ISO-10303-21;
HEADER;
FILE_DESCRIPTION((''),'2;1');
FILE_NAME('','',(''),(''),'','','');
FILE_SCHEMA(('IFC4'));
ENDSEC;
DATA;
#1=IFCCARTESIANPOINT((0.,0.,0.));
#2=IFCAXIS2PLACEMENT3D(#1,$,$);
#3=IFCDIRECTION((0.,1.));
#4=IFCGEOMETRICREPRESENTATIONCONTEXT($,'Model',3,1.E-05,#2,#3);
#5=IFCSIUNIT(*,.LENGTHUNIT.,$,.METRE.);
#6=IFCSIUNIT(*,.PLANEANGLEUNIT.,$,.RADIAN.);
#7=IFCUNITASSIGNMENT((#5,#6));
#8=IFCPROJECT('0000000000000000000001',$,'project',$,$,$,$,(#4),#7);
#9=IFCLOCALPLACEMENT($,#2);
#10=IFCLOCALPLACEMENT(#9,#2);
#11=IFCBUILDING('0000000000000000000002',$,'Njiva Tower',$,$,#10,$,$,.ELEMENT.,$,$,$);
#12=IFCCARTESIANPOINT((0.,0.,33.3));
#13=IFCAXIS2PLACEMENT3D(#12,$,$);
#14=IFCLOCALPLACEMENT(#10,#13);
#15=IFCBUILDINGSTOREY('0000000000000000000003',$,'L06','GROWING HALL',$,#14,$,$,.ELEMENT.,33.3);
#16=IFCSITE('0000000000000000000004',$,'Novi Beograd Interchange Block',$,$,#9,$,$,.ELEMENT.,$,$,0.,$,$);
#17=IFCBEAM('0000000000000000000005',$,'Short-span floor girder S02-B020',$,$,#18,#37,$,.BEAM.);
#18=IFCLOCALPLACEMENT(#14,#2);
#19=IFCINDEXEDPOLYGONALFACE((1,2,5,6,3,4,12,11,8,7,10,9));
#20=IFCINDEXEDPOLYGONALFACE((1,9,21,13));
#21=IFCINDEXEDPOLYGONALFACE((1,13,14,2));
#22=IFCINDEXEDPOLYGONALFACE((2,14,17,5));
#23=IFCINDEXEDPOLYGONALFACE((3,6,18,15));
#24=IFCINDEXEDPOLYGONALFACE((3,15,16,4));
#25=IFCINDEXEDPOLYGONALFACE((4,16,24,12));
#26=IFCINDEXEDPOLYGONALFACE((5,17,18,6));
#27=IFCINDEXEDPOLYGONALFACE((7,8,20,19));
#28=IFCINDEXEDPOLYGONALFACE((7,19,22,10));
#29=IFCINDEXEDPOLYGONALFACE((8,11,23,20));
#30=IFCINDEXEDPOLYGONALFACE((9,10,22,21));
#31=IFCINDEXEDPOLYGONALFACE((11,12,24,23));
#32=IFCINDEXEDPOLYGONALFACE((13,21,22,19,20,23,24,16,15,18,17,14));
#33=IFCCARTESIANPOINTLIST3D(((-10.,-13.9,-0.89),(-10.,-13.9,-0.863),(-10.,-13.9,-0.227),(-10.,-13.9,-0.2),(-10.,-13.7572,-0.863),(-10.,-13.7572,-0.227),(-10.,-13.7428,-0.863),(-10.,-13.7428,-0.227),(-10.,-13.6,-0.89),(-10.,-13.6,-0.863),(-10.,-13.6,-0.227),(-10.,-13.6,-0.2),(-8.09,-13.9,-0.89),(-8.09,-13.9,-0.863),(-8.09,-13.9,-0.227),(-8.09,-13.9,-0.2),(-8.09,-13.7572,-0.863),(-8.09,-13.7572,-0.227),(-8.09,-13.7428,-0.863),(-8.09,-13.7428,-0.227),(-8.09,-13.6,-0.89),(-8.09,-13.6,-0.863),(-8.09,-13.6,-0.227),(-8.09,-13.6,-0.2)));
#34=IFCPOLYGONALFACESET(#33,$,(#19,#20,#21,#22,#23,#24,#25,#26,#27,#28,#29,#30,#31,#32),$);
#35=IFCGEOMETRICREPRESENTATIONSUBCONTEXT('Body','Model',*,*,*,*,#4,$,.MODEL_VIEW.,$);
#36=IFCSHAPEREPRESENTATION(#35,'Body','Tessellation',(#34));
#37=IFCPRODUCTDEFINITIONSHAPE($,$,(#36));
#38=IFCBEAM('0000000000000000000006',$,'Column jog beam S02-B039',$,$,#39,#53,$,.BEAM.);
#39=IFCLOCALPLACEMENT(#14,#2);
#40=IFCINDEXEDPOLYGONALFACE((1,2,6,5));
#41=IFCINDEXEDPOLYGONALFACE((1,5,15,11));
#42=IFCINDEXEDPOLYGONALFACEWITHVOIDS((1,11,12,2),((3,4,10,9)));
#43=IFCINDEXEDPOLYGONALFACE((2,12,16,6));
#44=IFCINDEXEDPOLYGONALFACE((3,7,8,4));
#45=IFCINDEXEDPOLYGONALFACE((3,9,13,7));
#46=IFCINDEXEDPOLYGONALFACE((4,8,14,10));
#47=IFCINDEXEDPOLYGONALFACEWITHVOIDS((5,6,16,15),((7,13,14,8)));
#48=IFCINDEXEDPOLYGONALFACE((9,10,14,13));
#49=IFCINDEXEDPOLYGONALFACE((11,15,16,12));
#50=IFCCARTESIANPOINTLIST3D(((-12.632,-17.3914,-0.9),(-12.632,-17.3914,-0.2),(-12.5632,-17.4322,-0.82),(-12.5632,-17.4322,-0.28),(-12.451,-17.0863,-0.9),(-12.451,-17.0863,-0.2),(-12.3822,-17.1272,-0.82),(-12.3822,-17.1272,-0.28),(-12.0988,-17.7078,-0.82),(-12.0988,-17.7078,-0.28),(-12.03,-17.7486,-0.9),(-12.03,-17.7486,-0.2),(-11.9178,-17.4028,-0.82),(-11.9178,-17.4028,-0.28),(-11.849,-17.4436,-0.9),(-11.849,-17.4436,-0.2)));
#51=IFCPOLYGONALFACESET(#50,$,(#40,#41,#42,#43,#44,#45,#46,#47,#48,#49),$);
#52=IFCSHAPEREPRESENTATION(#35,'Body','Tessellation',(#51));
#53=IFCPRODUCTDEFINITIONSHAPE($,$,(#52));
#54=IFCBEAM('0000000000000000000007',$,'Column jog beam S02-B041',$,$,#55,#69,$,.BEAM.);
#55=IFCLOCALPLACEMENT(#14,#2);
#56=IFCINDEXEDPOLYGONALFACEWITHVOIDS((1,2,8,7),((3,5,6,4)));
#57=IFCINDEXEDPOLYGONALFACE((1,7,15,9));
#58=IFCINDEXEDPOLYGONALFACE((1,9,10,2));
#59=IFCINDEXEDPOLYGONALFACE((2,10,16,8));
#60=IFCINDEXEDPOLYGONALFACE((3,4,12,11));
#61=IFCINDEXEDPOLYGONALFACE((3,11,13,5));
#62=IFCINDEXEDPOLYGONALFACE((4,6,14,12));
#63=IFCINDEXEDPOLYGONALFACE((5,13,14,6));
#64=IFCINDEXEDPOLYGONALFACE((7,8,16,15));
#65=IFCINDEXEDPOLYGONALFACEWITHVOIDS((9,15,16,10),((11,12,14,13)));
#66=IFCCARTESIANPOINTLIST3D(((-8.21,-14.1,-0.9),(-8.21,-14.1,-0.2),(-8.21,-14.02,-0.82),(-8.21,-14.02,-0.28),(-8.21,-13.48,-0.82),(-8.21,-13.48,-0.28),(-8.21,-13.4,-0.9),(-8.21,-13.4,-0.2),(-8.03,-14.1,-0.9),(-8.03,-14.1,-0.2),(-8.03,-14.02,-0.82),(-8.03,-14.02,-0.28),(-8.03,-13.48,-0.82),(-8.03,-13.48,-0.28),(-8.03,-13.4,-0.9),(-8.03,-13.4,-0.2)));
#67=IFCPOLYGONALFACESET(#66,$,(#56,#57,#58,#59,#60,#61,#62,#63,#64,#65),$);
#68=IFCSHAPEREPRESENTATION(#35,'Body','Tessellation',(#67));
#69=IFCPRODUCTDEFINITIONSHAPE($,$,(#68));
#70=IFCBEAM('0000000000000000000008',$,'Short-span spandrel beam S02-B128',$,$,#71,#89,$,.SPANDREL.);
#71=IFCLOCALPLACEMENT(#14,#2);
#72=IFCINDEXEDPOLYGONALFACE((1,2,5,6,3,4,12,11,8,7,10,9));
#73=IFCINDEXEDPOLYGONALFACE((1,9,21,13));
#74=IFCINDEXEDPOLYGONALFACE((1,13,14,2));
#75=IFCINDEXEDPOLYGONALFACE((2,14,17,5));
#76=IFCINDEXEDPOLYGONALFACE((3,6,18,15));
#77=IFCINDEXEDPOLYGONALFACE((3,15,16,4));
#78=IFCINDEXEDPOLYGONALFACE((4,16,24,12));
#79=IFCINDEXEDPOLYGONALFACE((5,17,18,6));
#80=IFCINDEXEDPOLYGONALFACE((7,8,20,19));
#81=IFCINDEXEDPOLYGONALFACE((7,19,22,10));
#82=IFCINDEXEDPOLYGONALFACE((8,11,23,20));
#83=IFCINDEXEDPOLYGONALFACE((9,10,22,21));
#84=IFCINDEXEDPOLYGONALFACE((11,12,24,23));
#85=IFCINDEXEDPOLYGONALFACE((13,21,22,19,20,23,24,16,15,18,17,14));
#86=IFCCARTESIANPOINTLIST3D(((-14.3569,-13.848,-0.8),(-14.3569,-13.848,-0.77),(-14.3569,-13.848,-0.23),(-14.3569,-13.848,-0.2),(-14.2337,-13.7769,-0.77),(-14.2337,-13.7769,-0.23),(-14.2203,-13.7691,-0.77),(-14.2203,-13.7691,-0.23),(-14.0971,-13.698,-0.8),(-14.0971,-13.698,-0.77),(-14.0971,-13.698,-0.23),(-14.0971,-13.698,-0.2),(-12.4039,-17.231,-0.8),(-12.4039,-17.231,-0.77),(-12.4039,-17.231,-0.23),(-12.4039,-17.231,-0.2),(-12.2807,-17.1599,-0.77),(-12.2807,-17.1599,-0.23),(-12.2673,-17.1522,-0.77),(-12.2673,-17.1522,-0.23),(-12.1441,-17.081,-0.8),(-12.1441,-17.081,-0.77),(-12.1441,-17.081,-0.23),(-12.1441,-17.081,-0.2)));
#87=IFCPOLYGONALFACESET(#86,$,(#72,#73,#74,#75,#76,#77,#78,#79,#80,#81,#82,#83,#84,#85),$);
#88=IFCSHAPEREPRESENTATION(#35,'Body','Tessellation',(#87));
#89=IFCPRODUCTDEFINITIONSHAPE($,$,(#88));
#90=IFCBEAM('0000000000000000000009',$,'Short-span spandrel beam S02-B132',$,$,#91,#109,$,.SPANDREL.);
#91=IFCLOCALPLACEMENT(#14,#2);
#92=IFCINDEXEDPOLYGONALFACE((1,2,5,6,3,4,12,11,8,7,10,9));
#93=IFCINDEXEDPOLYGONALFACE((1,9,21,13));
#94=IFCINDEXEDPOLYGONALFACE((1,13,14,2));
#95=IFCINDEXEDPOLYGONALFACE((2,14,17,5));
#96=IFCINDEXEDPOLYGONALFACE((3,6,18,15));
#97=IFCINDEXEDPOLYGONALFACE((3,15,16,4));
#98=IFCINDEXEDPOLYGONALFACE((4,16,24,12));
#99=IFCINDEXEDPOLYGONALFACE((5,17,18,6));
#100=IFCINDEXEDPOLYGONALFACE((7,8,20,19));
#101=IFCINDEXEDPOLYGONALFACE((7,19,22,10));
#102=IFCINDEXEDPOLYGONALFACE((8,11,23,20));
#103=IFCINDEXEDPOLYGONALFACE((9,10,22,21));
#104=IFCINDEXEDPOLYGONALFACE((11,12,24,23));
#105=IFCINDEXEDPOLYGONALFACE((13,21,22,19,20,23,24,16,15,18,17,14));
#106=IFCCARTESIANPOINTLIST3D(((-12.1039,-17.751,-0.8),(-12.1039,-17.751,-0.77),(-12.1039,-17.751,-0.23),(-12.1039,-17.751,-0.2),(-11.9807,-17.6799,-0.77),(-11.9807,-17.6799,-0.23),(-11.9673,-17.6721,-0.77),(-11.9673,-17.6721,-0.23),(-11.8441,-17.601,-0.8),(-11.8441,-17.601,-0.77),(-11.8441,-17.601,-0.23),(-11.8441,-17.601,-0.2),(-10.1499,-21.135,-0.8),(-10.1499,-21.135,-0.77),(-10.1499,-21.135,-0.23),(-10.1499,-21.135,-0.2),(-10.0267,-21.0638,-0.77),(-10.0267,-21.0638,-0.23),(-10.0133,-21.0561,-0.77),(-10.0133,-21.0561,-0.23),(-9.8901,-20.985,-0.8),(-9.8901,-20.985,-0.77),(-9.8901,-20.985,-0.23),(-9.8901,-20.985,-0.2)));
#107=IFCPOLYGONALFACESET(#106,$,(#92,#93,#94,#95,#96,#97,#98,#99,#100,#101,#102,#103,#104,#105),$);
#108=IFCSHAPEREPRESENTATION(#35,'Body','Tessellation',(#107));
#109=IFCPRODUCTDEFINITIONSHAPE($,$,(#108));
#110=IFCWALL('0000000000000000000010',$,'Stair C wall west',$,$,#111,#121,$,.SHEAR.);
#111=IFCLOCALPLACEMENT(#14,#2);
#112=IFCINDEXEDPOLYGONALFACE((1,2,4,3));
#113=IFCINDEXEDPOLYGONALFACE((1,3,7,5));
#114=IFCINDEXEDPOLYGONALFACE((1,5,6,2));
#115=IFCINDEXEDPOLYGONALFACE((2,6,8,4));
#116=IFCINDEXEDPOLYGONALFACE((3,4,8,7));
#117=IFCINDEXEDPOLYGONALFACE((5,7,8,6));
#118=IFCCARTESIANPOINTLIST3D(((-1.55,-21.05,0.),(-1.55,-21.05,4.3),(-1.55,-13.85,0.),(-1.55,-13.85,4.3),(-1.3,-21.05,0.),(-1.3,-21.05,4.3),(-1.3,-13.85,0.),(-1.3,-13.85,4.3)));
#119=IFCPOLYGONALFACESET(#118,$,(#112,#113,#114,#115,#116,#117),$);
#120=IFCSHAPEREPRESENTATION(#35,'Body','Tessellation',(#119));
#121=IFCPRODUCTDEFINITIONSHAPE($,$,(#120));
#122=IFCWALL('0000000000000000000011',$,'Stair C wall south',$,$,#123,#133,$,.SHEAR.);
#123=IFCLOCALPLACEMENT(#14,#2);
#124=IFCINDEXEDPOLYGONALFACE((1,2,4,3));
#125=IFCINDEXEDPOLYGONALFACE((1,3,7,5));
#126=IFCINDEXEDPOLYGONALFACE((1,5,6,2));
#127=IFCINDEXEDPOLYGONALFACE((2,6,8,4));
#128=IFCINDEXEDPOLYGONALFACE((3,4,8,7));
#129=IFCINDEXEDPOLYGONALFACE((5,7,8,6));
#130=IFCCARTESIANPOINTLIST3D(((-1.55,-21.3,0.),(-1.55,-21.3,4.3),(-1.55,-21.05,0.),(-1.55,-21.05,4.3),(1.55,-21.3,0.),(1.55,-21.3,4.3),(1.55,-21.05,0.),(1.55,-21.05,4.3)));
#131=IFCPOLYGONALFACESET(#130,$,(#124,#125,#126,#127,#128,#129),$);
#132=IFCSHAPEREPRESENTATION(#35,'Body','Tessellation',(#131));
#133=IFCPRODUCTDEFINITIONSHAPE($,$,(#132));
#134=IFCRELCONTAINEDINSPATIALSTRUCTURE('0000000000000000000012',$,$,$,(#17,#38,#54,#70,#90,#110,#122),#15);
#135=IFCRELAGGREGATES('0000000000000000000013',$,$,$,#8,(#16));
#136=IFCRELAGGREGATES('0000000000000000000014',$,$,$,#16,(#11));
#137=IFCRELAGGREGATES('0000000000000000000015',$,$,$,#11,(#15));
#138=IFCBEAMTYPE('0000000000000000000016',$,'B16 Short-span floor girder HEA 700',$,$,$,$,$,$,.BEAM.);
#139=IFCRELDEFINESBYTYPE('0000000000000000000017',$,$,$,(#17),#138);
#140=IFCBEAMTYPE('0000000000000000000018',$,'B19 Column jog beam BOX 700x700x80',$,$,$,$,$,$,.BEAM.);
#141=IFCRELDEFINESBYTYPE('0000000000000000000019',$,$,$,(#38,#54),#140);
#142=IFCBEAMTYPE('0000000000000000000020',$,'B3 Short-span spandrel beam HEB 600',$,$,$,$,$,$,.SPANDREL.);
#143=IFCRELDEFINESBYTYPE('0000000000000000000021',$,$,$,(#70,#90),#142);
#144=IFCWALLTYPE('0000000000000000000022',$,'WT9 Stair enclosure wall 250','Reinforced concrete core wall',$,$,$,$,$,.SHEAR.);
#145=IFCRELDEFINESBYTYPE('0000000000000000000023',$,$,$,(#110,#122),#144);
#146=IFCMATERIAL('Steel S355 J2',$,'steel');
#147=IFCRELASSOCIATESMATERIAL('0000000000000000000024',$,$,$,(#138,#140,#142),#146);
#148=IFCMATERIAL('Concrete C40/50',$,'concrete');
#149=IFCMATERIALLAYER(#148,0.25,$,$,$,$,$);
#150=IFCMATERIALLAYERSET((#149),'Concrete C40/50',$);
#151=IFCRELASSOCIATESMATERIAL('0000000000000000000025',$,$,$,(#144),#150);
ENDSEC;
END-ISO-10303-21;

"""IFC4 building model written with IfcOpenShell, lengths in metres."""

from ifc_helpers import new_model, si_unit, direction, frame, frame_2d, origin, origin_2d, place, context, subcontext, project, spatial, rectangle, hollow_rectangle, i_section, extrude, material, layer, layer_set, material_profile, profile_set, type_object, element, save


model = new_model("IFC4")

# Units and contexts
model_context = context("Model", 3, precision=1e-05, world=origin(), true_north=direction((0.0, 1.0)))
body_context = subcontext(model_context, "Body", "Model", "MODEL_VIEW")
ifc_project = project(units=[si_unit("LENGTHUNIT", "METRE"), si_unit("PLANEANGLEUNIT", "RADIAN")], contexts=[model_context])

# Site, building, storey
site_placement = place(None, origin())
site = spatial("IfcSite", under=ifc_project, at=site_placement, Name="Novi Beograd Interchange Block", CompositionType="ELEMENT", RefElevation=0.0)
building_placement = place(site_placement, origin())
building = spatial("IfcBuilding", under=site, at=building_placement, Name="Njiva Tower", CompositionType="ELEMENT")
storey_placement = place(building_placement, frame((0.0, 0.0, 33.3)))
storey = spatial("IfcBuildingStorey", under=building, at=storey_placement, Name="L06", Description="GROWING HALL", CompositionType="ELEMENT", Elevation=33.3)

# Shared definitions
ifc_material_1 = material(Name="Steel S355 J2", Category="steel")

# Beams
ifc_material_profile_1 = material_profile(ifc_material_1, i_section(OverallWidth=0.3, OverallDepth=0.69, WebThickness=0.0145, FlangeThickness=0.027, at=origin_2d()), Name="HEA 700")
ifc_profile_set_1 = profile_set([ifc_material_profile_1], Name="Steel S355 J2")
beam_type_1 = type_object("IfcBeamType", Name="B16 Short-span floor girder HEA 700", PredefinedType="BEAM", material=ifc_profile_set_1)
beam_1_placement = place(storey_placement, frame((-10.0, -13.75, -0.545), z_axis=(1.0, 0.0, 0.0), x_axis=(0.0, 1.0, 0.0)))
element("IfcBeam", 1, at=beam_1_placement, inside=storey, type_object=beam_type_1, Name="Short-span floor girder S02-B020", PredefinedType="BEAM", context=body_context, shape_type="SweptSolid", body=[
    extrude(i_section(OverallWidth=0.3, OverallDepth=0.69, WebThickness=0.0145, FlangeThickness=0.027, at=origin_2d()), origin(), (0.0, 0.0, 1.0), 1.91),
])
ifc_material_profile_2 = material_profile(ifc_material_1, hollow_rectangle(XDim=0.7, YDim=0.7, WallThickness=0.08, at=origin_2d()), Name="BOX 700x700x80")
ifc_profile_set_2 = profile_set([ifc_material_profile_2], Name="Steel S355 J2")
beam_type_2 = type_object("IfcBeamType", Name="B19 Column jog beam BOX 700x700x80", PredefinedType="BEAM", material=ifc_profile_set_2)
beam_2_placement = place(storey_placement, frame((-12.331, -17.57, -0.55), z_axis=(0.510343, 0.859971, 0.0), x_axis=(-0.859971, 0.510343, 0.0)))
element("IfcBeam", 2, at=beam_2_placement, inside=storey, type_object=beam_type_2, Name="Column jog beam S02-B039", PredefinedType="BEAM", context=body_context, shape_type="SweptSolid", body=[
    extrude(hollow_rectangle(XDim=0.7, YDim=0.7, WallThickness=0.08, at=origin_2d()), origin(), (0.0, 0.0, 1.0), 0.3547),
])
beam_3_placement = place(storey_placement, frame((-8.21, -13.75, -0.55), z_axis=(1.0, 0.0, 0.0), x_axis=(0.0, 1.0, 0.0)))
element("IfcBeam", 3, at=beam_3_placement, inside=storey, type_object=beam_type_2, Name="Column jog beam S02-B041", PredefinedType="BEAM", context=body_context, shape_type="SweptSolid", body=[
    extrude(hollow_rectangle(XDim=0.7, YDim=0.7, WallThickness=0.08, at=origin_2d()), origin(), (0.0, 0.0, 1.0), 0.18),
])
ifc_material_profile_3 = material_profile(ifc_material_1, i_section(OverallWidth=0.3, OverallDepth=0.6, WebThickness=0.0155, FlangeThickness=0.03, at=origin_2d()), Name="HEB 600")
ifc_profile_set_3 = profile_set([ifc_material_profile_3], Name="Steel S355 J2")
beam_type_3 = type_object("IfcBeamType", Name="B3 Short-span spandrel beam HEB 600", PredefinedType="SPANDREL", material=ifc_profile_set_3)
beam_4_placement = place(storey_placement, frame((-14.227, -13.773, -0.5), z_axis=(0.499966, -0.866045, 0.0), x_axis=(0.866045, 0.499966, 0.0)))
element("IfcBeam", 4, at=beam_4_placement, inside=storey, type_object=beam_type_3, Name="Short-span spandrel beam S02-B128", PredefinedType="SPANDREL", context=body_context, shape_type="SweptSolid", body=[
    extrude(i_section(OverallWidth=0.3, OverallDepth=0.6, WebThickness=0.0155, FlangeThickness=0.03, at=origin_2d()), origin(), (0.0, 0.0, 1.0), 3.9063),
])
beam_5_placement = place(storey_placement, frame((-11.974, -17.676, -0.5), z_axis=(0.500047, -0.865998, 0.0), x_axis=(0.865998, 0.500047, 0.0)))
element("IfcBeam", 5, at=beam_5_placement, inside=storey, type_object=beam_type_3, Name="Short-span spandrel beam S02-B132", PredefinedType="SPANDREL", context=body_context, shape_type="SweptSolid", body=[
    extrude(i_section(OverallWidth=0.3, OverallDepth=0.6, WebThickness=0.0155, FlangeThickness=0.03, at=origin_2d()), origin(), (0.0, 0.0, 1.0), 3.9076),
])

# Walls
ifc_material_2 = material(Name="Concrete C40/50", Category="concrete")
ifc_layer = layer(ifc_material_2, 0.25)
ifc_layer_set = layer_set([ifc_layer], Name="Concrete C40/50")
wall_type = type_object("IfcWallType", Name="WT9 Stair enclosure wall 250", Description="Reinforced concrete core wall", PredefinedType="SHEAR", material=ifc_layer_set)
wall_1_placement = place(storey_placement, frame((-1.425, -21.05, 0.0), z_axis=(0.0, 0.0, 1.0), x_axis=(0.0, 1.0, 0.0)))
element("IfcWall", 6, at=wall_1_placement, inside=storey, type_object=wall_type, Name="Stair C wall west", PredefinedType="SHEAR", context=body_context, shape_type="SweptSolid", body=[
    extrude(rectangle(XDim=7.2, YDim=0.25, at=frame_2d((3.6, 0.0))), origin(), (0.0, 0.0, 1.0), 4.3),
])
wall_2_placement = place(storey_placement, frame((-1.55, -21.175, 0.0), z_axis=(0.0, 0.0, 1.0), x_axis=(1.0, 0.0, 0.0)))
element("IfcWall", 7, at=wall_2_placement, inside=storey, type_object=wall_type, Name="Stair C wall south", PredefinedType="SHEAR", context=body_context, shape_type="SweptSolid", body=[
    extrude(rectangle(XDim=3.1, YDim=0.25, at=frame_2d((1.55, 0.0))), origin(), (0.0, 0.0, 1.0), 4.3),
])

save(model, "model.ifc")
